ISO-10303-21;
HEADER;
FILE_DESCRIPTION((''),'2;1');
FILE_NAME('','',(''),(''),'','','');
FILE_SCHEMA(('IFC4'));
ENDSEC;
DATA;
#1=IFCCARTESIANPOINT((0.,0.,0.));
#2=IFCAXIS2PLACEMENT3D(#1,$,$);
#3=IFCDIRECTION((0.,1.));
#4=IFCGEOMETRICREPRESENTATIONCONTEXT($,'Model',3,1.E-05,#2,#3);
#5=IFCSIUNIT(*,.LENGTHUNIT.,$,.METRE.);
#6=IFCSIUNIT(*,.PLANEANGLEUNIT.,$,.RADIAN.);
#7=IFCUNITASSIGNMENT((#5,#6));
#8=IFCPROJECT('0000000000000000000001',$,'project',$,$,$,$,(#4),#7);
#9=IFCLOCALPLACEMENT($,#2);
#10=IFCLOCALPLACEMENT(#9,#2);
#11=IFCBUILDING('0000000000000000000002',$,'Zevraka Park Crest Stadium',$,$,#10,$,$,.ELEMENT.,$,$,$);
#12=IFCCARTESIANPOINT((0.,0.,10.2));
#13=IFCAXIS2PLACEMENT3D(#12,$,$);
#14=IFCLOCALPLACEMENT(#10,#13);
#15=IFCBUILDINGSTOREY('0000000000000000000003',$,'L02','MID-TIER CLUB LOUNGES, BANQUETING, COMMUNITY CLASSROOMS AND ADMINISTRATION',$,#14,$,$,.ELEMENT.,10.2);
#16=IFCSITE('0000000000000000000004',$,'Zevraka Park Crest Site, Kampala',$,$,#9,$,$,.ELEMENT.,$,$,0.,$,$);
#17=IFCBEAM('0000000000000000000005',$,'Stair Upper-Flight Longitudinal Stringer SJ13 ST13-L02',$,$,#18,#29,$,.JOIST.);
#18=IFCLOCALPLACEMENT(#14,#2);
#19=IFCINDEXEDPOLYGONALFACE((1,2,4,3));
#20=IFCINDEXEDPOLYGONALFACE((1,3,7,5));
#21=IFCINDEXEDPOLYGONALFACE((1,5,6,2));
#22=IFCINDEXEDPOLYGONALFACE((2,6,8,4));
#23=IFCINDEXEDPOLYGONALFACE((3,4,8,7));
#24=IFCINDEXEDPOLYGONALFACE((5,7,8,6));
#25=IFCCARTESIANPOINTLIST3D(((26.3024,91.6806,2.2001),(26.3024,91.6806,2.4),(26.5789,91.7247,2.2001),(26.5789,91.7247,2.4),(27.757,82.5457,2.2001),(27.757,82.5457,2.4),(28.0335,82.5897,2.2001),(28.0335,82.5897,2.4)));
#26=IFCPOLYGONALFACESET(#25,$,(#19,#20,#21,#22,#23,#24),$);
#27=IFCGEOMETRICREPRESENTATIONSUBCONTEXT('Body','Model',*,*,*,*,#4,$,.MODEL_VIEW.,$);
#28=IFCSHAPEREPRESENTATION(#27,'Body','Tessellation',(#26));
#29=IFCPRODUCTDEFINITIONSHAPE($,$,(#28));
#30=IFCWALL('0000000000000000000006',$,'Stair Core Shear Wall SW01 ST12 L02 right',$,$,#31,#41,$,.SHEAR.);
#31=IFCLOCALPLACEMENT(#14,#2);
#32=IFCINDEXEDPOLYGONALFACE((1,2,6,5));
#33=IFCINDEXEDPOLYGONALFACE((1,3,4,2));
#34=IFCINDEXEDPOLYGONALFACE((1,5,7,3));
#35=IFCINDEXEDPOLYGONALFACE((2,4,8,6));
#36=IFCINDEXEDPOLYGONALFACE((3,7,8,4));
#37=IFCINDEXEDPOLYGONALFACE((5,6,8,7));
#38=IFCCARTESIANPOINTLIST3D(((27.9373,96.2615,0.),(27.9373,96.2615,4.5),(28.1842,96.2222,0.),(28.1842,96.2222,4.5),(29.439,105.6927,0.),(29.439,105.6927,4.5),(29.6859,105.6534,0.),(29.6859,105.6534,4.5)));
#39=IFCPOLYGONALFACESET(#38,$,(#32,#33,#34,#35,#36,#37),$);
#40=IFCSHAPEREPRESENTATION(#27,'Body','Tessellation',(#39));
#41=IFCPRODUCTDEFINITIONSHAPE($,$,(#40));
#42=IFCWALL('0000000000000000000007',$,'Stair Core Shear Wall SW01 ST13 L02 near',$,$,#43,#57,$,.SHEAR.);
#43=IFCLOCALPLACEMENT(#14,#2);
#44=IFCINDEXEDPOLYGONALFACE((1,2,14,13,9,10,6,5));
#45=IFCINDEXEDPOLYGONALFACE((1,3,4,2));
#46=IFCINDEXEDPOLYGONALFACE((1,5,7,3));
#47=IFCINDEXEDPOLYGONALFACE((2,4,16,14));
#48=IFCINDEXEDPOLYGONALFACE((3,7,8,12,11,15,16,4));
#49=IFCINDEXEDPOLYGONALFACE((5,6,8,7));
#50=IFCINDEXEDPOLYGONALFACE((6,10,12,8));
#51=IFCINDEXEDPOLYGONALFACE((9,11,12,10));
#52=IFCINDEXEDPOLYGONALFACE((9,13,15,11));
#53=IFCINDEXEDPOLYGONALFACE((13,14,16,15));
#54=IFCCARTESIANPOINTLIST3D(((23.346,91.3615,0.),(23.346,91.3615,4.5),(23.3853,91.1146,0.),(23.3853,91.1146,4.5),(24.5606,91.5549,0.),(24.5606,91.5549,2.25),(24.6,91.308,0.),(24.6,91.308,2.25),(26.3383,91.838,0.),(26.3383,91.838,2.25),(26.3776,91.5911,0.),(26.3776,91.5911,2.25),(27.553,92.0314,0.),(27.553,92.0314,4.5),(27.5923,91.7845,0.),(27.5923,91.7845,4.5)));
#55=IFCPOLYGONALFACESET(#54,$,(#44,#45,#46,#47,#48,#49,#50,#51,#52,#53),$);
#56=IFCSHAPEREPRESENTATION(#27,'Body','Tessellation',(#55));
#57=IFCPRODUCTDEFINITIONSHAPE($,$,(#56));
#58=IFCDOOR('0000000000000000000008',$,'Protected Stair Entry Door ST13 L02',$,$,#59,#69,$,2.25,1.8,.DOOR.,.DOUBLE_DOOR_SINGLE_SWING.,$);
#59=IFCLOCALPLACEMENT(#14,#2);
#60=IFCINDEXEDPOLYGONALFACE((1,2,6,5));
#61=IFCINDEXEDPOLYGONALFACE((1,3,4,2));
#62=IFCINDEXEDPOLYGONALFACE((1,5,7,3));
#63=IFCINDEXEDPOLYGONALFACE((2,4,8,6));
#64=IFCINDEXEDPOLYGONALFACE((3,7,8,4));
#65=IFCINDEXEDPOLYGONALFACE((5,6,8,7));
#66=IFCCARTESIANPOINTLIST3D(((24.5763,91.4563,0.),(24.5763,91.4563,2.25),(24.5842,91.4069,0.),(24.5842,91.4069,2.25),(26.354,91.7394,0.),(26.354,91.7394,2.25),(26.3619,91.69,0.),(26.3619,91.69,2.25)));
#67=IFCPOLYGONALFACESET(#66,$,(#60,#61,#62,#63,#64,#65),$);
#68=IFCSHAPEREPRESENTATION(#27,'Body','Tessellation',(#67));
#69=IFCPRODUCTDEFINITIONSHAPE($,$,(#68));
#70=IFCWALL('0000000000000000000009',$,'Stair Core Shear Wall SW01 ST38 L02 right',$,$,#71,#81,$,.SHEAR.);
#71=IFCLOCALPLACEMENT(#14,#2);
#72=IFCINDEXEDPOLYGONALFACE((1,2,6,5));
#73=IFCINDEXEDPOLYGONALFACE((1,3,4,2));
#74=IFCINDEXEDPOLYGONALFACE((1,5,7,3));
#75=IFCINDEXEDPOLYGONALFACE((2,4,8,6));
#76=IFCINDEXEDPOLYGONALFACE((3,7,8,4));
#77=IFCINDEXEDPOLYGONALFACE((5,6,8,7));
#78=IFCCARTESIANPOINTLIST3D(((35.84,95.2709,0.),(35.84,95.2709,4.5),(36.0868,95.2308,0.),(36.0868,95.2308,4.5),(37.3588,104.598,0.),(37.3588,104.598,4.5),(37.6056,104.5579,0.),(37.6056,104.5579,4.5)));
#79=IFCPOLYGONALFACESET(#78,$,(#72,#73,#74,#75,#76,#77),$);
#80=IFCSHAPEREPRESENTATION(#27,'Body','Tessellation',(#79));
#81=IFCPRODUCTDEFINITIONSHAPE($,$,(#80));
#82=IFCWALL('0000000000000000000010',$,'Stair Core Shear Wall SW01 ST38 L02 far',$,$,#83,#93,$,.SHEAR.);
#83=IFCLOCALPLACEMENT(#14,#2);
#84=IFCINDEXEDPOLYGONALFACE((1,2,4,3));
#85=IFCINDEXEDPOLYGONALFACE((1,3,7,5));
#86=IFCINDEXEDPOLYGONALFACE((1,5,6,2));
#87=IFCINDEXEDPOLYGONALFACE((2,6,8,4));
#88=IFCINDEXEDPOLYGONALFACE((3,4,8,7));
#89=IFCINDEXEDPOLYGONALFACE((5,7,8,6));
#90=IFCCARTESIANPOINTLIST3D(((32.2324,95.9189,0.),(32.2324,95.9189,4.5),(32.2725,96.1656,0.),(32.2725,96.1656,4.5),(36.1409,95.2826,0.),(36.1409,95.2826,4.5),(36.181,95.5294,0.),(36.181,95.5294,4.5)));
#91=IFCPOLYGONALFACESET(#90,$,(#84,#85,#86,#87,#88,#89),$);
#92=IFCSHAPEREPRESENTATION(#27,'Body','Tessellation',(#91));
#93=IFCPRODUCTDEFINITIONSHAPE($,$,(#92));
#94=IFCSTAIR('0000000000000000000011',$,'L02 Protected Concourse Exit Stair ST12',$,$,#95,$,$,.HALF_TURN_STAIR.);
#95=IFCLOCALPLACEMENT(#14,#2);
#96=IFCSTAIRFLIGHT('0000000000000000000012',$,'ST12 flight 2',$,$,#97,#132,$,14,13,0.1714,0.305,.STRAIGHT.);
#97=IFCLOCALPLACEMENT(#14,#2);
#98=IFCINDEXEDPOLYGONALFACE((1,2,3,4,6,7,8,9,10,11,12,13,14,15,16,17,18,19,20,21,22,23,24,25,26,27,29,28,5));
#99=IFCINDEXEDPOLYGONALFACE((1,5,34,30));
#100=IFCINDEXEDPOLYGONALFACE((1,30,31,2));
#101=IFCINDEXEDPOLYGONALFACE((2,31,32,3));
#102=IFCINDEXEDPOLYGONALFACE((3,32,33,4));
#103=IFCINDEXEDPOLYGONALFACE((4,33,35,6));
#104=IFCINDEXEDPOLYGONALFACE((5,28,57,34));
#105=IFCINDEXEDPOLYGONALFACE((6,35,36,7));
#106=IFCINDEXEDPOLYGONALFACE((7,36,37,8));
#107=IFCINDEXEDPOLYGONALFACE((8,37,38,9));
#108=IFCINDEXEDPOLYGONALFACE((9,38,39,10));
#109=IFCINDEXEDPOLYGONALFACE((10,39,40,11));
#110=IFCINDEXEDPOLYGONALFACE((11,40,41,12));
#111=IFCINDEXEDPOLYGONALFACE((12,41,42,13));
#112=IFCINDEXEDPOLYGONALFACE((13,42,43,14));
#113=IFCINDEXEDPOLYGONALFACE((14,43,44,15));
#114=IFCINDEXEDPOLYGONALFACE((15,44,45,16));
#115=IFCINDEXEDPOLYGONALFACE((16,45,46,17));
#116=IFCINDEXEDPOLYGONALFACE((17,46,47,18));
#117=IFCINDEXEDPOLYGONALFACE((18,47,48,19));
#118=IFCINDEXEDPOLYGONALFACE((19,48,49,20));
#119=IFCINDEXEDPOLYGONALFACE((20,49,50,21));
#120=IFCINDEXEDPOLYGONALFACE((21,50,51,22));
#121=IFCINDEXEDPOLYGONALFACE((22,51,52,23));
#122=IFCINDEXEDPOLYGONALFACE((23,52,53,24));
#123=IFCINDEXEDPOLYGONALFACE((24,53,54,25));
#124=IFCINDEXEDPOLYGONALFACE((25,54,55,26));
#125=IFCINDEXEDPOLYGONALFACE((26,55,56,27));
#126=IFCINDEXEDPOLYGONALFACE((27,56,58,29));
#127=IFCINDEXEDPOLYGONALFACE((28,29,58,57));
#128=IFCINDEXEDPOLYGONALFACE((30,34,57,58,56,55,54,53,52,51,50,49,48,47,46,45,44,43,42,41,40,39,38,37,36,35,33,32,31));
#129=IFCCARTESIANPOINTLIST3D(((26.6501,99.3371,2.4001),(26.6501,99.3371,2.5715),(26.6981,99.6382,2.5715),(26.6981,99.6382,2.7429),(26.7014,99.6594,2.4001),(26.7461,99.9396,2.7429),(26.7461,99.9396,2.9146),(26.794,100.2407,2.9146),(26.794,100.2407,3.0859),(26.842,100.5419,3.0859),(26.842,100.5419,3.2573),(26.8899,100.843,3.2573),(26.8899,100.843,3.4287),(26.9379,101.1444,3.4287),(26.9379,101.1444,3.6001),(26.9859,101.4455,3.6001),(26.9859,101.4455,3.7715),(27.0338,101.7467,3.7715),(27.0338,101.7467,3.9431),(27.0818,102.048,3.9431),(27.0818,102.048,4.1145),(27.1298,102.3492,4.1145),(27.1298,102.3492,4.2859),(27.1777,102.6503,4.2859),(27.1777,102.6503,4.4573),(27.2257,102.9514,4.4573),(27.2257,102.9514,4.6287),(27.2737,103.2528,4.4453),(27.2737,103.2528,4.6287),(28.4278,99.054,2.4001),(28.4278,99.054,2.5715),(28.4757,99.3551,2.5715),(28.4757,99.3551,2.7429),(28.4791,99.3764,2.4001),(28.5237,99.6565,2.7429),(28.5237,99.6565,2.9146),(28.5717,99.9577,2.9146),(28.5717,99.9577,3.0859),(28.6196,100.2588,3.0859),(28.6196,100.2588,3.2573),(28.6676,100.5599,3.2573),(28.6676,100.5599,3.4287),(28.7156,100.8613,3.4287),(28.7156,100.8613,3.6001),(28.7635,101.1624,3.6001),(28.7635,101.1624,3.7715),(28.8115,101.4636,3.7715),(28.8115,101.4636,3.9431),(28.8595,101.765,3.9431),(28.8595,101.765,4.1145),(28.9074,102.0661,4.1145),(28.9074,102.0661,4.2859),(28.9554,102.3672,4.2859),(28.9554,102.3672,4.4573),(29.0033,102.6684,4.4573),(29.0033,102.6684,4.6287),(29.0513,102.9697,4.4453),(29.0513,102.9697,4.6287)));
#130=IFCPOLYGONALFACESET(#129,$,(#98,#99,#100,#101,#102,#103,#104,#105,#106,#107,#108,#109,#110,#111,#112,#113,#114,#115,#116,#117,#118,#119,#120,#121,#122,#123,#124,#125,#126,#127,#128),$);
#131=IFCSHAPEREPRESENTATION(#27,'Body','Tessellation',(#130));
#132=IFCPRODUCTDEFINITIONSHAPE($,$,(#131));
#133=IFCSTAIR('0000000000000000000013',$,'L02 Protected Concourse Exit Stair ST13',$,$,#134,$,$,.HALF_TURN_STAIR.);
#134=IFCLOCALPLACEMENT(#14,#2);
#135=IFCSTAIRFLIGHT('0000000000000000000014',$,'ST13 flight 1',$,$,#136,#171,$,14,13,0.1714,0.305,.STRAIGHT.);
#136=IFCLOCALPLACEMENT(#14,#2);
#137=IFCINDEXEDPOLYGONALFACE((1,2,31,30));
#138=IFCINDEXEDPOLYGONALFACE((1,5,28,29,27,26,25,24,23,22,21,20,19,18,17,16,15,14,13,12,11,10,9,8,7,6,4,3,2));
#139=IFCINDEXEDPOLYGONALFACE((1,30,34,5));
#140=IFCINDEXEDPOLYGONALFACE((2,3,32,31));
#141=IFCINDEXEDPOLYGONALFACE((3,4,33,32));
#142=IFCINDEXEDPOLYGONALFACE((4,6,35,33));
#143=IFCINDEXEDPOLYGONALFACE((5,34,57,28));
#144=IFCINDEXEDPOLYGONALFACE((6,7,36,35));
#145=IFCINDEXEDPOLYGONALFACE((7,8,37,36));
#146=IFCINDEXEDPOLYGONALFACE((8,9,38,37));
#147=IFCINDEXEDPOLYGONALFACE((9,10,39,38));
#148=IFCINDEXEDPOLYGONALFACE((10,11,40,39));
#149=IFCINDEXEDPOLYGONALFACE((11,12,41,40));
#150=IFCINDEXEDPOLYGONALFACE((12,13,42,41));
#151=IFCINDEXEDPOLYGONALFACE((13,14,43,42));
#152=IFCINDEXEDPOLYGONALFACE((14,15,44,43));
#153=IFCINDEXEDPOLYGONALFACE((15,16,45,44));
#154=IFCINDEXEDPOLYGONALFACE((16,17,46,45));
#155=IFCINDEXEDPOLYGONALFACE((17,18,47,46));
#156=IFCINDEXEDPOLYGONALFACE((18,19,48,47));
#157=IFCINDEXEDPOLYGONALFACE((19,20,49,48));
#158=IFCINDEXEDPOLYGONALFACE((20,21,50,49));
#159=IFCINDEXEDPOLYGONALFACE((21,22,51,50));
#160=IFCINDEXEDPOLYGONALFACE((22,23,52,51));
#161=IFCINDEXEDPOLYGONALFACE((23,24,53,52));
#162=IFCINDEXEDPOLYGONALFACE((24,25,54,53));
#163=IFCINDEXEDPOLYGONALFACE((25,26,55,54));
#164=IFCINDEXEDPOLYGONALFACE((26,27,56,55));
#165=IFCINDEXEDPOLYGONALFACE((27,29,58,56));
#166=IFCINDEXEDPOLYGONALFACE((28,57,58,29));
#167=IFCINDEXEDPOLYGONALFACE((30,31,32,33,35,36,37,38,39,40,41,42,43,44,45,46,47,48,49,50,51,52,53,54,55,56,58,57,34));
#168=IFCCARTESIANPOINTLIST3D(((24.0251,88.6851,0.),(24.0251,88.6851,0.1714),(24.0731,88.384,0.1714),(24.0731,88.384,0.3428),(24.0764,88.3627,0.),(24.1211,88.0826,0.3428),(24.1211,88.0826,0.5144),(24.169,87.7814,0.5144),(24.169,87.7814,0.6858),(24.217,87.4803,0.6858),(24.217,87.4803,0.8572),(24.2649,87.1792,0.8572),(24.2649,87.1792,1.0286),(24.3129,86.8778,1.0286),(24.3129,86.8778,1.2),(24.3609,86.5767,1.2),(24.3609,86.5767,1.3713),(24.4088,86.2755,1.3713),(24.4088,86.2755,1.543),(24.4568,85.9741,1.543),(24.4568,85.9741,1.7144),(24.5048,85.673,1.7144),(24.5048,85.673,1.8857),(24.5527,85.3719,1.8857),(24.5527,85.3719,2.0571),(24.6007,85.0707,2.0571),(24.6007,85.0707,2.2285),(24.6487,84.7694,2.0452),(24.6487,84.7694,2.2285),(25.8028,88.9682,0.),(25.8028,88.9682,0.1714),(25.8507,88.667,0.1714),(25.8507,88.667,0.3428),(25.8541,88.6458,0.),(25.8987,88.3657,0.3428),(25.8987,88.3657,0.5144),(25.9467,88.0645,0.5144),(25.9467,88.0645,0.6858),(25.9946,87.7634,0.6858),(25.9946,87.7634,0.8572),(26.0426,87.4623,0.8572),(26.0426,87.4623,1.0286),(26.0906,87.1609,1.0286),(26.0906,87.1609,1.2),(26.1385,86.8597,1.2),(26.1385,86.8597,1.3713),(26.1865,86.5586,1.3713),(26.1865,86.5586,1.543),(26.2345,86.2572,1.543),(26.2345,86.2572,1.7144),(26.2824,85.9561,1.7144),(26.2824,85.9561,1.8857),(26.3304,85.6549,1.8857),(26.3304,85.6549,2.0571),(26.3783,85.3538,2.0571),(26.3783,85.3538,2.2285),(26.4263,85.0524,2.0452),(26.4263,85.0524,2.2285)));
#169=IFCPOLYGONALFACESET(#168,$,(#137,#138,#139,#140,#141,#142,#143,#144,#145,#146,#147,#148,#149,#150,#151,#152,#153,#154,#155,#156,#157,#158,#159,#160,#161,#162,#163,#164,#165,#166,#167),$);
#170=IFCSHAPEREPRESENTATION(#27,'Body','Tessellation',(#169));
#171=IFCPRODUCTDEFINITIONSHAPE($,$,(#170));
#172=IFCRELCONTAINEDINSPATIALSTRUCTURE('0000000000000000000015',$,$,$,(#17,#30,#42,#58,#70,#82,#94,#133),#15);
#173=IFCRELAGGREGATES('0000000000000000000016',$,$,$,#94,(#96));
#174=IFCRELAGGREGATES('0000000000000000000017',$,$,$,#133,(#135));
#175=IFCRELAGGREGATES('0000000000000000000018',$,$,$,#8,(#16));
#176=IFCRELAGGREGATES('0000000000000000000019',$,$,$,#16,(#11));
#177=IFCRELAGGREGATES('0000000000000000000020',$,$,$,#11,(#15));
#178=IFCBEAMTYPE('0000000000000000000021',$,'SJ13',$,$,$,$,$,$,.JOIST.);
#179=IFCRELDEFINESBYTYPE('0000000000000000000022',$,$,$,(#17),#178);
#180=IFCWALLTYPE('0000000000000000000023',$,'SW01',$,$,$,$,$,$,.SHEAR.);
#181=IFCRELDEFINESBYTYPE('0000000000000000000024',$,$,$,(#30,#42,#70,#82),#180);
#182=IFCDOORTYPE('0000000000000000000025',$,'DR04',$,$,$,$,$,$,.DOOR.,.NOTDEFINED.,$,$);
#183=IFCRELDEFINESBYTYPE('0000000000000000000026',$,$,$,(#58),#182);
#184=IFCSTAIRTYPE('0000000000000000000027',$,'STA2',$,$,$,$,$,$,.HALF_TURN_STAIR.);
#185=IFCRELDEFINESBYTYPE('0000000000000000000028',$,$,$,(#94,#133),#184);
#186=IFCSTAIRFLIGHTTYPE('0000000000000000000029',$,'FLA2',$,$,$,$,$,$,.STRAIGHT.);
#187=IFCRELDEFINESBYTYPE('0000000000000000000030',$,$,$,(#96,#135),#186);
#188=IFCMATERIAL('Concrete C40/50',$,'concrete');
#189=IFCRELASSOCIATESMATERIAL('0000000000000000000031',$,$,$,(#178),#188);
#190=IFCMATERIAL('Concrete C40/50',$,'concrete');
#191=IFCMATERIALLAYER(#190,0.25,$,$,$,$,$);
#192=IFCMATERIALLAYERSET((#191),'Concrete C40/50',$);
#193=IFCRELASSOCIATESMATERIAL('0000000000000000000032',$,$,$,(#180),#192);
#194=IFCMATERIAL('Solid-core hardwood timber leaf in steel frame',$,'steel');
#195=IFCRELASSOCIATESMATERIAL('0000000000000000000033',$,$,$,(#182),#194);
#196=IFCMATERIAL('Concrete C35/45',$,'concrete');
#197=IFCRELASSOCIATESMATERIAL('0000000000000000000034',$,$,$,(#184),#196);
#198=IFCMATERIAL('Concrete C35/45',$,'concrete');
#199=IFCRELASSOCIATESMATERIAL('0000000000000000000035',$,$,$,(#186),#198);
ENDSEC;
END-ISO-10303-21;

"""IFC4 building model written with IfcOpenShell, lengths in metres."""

from ifc_helpers import new_model, si_unit, direction, frame, frame_2d, origin, origin_2d, place, context, subcontext, project, spatial, polyline, rectangle, outline, extrude, material, layer, layer_set, material_profile, profile_set, type_object, element, fill, aggregate, save


model = new_model("IFC4")

# Units and contexts
model_context = context("Model", 3, precision=1e-05, world=origin(), true_north=direction((0.0, 1.0)))
body_context = subcontext(model_context, "Body", "Model", "MODEL_VIEW")
ifc_project = project(units=[si_unit("LENGTHUNIT", "METRE"), si_unit("PLANEANGLEUNIT", "RADIAN")], contexts=[model_context])

# Site, building, storey
site_placement = place(None, origin())
site = spatial("IfcSite", under=ifc_project, at=site_placement, Name="Zevraka Park Crest Site, Kampala", CompositionType="ELEMENT", RefElevation=0.0)
building_placement = place(site_placement, origin())
building = spatial("IfcBuilding", under=site, at=building_placement, Name="Zevraka Park Crest Stadium", CompositionType="ELEMENT")
storey_placement = place(building_placement, frame((0.0, 0.0, 10.2)))
storey = spatial("IfcBuildingStorey", under=building, at=storey_placement, Name="L02", Description="MID-TIER CLUB LOUNGES, BANQUETING, COMMUNITY CLASSROOMS AND ADMINISTRATION", CompositionType="ELEMENT", Elevation=10.2)

# Beam
ifc_material_1 = material(Name="Concrete C40/50", Category="concrete")
ifc_material_profile_1 = material_profile(ifc_material_1, rectangle(XDim=0.28, YDim=0.2, at=origin_2d()), Name="RC 200x280")
ifc_profile_set_1 = profile_set([ifc_material_profile_1], Name="Concrete C40/50")
beam_type_1 = type_object("IfcBeamType", Name="SJ13", PredefinedType="JOIST", material=ifc_profile_set_1)
beam_1_placement = place(storey_placement, frame((26.4407, 91.7026, 2.3), z_axis=(0.157251, -0.987559, 0.0), x_axis=(0.987559, 0.157251, 0.0)))
element("IfcBeam", 1, at=beam_1_placement, inside=storey, type_object=beam_type_1, Name="Stair Upper-Flight Longitudinal Stringer SJ13 ST13-L02", PredefinedType="JOIST", context=body_context, shape_type="SweptSolid", body=[
    extrude(rectangle(XDim=0.28, YDim=0.2, at=origin_2d()), origin(), (0.0, 0.0, 1.0), 9.25),
])

# Wall
ifc_material_2 = material(Name="Concrete C40/50", Category="concrete")
ifc_layer = layer(ifc_material_2, 0.25)
ifc_layer_set = layer_set([ifc_layer], Name="Concrete C40/50")
wall_type = type_object("IfcWallType", Name="SW01", PredefinedType="SHEAR", material=ifc_layer_set)
wall_1_placement = place(storey_placement, frame((28.0608, 96.2419, 0.0), z_axis=(0.0, 0.0, 1.0), x_axis=(0.157248, 0.987559, 0.0)))
element("IfcWall", 2, at=wall_1_placement, inside=storey, type_object=wall_type, Name="Stair Core Shear Wall SW01 ST12 L02 right", PredefinedType="SHEAR", context=body_context, shape_type="SweptSolid", body=[
    extrude(rectangle(XDim=9.55, YDim=0.25, at=frame_2d((4.7749, 0.0))), origin(), (0.0, 0.0, 1.0), 4.5),
])

# Wall, opening, door
wall_2_placement = place(storey_placement, frame((27.5725, 91.908, 0.0), z_axis=(0.0, 0.0, 1.0), x_axis=(-0.987558, -0.157257, 0.0)))
wall_2 = element("IfcWall", 3, at=wall_2_placement, inside=storey, type_object=wall_type, Name="Stair Core Shear Wall SW01 ST13 L02 near", PredefinedType="SHEAR", context=body_context, shape_type="SweptSolid", body=[
    extrude(rectangle(XDim=4.26, YDim=0.25, at=frame_2d((2.1299, 0.0))), origin(), (0.0, 0.0, 1.0), 4.5),
])
opening_placement = place(wall_2_placement, frame((1.23, 0.0, 0.0)))
opening = element("IfcOpeningElement", 4, at=opening_placement, cuts=wall_2, PredefinedType="OPENING", context=body_context, shape_type="SweptSolid", body=[
    extrude(rectangle(XDim=1.8, YDim=2.25, at=frame_2d((0.8999, 1.125))), frame((0.0, 0.135, 0.0), z_axis=(0.0, -1.0, 0.0), x_axis=(1.0, 0.0, 0.0)), (0.0, 0.0, 1.0), 0.27),
])
ifc_material_3 = material(Name="Solid-core hardwood timber leaf in steel frame", Category="steel")
door_type = type_object("IfcDoorType", Name="DR04", OperationType="NOTDEFINED", PredefinedType="DOOR", material=ifc_material_3)
door_placement = place(opening_placement, origin())
door = element("IfcDoor", 5, at=door_placement, inside=storey, type_object=door_type, Name="Protected Stair Entry Door ST13 L02", OperationType="DOUBLE_DOOR_SINGLE_SWING", OverallHeight=2.25, OverallWidth=1.8, PredefinedType="DOOR", context=body_context, shape_type="SweptSolid", body=[
    extrude(rectangle(XDim=1.8, YDim=2.25, at=frame_2d((0.8999, 1.125))), frame((0.0, 0.0249, 0.0), z_axis=(0.0, -1.0, 0.0), x_axis=(1.0, 0.0, 0.0)), (0.0, 0.0, 1.0), 0.05),
])
fill(opening, door)

# Walls
wall_3_placement = place(storey_placement, frame((35.9634, 95.2507, 0.0), z_axis=(0.0, 0.0, 1.0), x_axis=(0.160719, 0.987, 0.0)))
element("IfcWall", 6, at=wall_3_placement, inside=storey, type_object=wall_type, Name="Stair Core Shear Wall SW01 ST38 L02 right", PredefinedType="SHEAR", context=body_context, shape_type="SweptSolid", body=[
    extrude(rectangle(XDim=9.45, YDim=0.25, at=frame_2d((4.7251, 0.0))), origin(), (0.0, 0.0, 1.0), 4.5),
])
wall_4_placement = place(storey_placement, frame((32.2524, 96.0422, 0.0), z_axis=(0.0, 0.0, 1.0), x_axis=(0.987008, -0.160669, 0.0)))
element("IfcWall", 7, at=wall_4_placement, inside=storey, type_object=wall_type, Name="Stair Core Shear Wall SW01 ST38 L02 far", PredefinedType="SHEAR", context=body_context, shape_type="SweptSolid", body=[
    extrude(rectangle(XDim=3.96, YDim=0.25, at=frame_2d((1.98, 0.0))), origin(), (0.0, 0.0, 1.0), 4.5),
])

# Stairs, stair flights
ifc_material_4 = material(Name="Concrete C35/45", Category="concrete")
stair_type = type_object("IfcStairType", Name="STA2", PredefinedType="HALF_TURN_STAIR", material=ifc_material_4)
stair_1_placement = place(storey_placement, origin())
stair_1 = element("IfcStair", 8, at=stair_1_placement, inside=storey, type_object=stair_type, Name="L02 Protected Concourse Exit Stair ST12", PredefinedType="HALF_TURN_STAIR")
ifc_material_5 = material(Name="Concrete C35/45", Category="concrete")
stair_flight_type = type_object("IfcStairFlightType", Name="FLA2", PredefinedType="STRAIGHT", material=ifc_material_5)
stair_flight_1_placement = place(storey_placement, frame((27.5388, 99.1956, 2.4001), z_axis=(0.0, 0.0, 1.0), x_axis=(0.157262, 0.987557, 0.0)))
stair_flight_1 = element("IfcStairFlight", 9, at=stair_flight_1_placement, type_object=stair_flight_type, Name="ST12 flight 2", NumberOfRisers=14, NumberOfTreads=13, PredefinedType="STRAIGHT", RiserHeight=0.1714, TreadLength=0.305, context=body_context, shape_type="SweptSolid", body=[
    extrude(outline(polyline([(0.0, 0.0), (0.0, 0.1714), (0.3049, 0.1714), (0.3049, 0.3428), (0.6101, 0.3428), (0.6101, 0.5144), (0.915, 0.5144), (0.915, 0.6858), (1.22, 0.6858), (1.22, 0.8572), (1.5249, 0.8572), (1.5249, 1.0286), (1.8301, 1.0286), (1.8301, 1.2), (2.135, 1.2), (2.135, 1.3713), (2.4399, 1.3713), (2.4399, 1.543), (2.7451, 1.543), (2.7451, 1.7144), (3.05, 1.7144), (3.05, 1.8857), (3.355, 1.8857), (3.355, 2.0571), (3.6599, 2.0571), (3.6599, 2.2285), (3.9651, 2.2285), (3.9651, 2.3999), (3.9651, 2.0452), (0.3264, 0.0), (0.0, 0.0)])), frame((0.0, 0.8999, 0.0), z_axis=(0.0, -1.0, 0.0), x_axis=(1.0, 0.0, 0.0)), (0.0, 0.0, 1.0), 1.8),
])
aggregate(stair_1, [stair_flight_1])
stair_2_placement = place(storey_placement, origin())
stair_2 = element("IfcStair", 10, at=stair_2_placement, inside=storey, type_object=stair_type, Name="L02 Protected Concourse Exit Stair ST13", PredefinedType="HALF_TURN_STAIR")
stair_flight_2_placement = place(storey_placement, frame((24.9141, 88.8267, 0.0), z_axis=(0.0, 0.0, 1.0), x_axis=(0.157262, -0.987557, 0.0)))
stair_flight_2 = element("IfcStairFlight", 11, at=stair_flight_2_placement, type_object=stair_flight_type, Name="ST13 flight 1", NumberOfRisers=14, NumberOfTreads=13, PredefinedType="STRAIGHT", RiserHeight=0.1714, TreadLength=0.305, context=body_context, shape_type="SweptSolid", body=[
    extrude(outline(polyline([(0.0, 0.0), (0.0, 0.1714), (0.3049, 0.1714), (0.3049, 0.3428), (0.6101, 0.3428), (0.6101, 0.5144), (0.915, 0.5144), (0.915, 0.6858), (1.22, 0.6858), (1.22, 0.8572), (1.5249, 0.8572), (1.5249, 1.0286), (1.8301, 1.0286), (1.8301, 1.2), (2.135, 1.2), (2.135, 1.3713), (2.4399, 1.3713), (2.4399, 1.543), (2.7451, 1.543), (2.7451, 1.7144), (3.05, 1.7144), (3.05, 1.8857), (3.355, 1.8857), (3.355, 2.0571), (3.6599, 2.0571), (3.6599, 2.2285), (3.9651, 2.2285), (3.9651, 2.3999), (3.9651, 2.0452), (0.3264, 0.0), (0.0, 0.0)])), frame((0.0, 0.8999, 0.0), z_axis=(0.0, -1.0, 0.0), x_axis=(1.0, 0.0, 0.0)), (0.0, 0.0, 1.0), 1.8),
])
aggregate(stair_2, [stair_flight_2])

save(model, "model.ifc")
